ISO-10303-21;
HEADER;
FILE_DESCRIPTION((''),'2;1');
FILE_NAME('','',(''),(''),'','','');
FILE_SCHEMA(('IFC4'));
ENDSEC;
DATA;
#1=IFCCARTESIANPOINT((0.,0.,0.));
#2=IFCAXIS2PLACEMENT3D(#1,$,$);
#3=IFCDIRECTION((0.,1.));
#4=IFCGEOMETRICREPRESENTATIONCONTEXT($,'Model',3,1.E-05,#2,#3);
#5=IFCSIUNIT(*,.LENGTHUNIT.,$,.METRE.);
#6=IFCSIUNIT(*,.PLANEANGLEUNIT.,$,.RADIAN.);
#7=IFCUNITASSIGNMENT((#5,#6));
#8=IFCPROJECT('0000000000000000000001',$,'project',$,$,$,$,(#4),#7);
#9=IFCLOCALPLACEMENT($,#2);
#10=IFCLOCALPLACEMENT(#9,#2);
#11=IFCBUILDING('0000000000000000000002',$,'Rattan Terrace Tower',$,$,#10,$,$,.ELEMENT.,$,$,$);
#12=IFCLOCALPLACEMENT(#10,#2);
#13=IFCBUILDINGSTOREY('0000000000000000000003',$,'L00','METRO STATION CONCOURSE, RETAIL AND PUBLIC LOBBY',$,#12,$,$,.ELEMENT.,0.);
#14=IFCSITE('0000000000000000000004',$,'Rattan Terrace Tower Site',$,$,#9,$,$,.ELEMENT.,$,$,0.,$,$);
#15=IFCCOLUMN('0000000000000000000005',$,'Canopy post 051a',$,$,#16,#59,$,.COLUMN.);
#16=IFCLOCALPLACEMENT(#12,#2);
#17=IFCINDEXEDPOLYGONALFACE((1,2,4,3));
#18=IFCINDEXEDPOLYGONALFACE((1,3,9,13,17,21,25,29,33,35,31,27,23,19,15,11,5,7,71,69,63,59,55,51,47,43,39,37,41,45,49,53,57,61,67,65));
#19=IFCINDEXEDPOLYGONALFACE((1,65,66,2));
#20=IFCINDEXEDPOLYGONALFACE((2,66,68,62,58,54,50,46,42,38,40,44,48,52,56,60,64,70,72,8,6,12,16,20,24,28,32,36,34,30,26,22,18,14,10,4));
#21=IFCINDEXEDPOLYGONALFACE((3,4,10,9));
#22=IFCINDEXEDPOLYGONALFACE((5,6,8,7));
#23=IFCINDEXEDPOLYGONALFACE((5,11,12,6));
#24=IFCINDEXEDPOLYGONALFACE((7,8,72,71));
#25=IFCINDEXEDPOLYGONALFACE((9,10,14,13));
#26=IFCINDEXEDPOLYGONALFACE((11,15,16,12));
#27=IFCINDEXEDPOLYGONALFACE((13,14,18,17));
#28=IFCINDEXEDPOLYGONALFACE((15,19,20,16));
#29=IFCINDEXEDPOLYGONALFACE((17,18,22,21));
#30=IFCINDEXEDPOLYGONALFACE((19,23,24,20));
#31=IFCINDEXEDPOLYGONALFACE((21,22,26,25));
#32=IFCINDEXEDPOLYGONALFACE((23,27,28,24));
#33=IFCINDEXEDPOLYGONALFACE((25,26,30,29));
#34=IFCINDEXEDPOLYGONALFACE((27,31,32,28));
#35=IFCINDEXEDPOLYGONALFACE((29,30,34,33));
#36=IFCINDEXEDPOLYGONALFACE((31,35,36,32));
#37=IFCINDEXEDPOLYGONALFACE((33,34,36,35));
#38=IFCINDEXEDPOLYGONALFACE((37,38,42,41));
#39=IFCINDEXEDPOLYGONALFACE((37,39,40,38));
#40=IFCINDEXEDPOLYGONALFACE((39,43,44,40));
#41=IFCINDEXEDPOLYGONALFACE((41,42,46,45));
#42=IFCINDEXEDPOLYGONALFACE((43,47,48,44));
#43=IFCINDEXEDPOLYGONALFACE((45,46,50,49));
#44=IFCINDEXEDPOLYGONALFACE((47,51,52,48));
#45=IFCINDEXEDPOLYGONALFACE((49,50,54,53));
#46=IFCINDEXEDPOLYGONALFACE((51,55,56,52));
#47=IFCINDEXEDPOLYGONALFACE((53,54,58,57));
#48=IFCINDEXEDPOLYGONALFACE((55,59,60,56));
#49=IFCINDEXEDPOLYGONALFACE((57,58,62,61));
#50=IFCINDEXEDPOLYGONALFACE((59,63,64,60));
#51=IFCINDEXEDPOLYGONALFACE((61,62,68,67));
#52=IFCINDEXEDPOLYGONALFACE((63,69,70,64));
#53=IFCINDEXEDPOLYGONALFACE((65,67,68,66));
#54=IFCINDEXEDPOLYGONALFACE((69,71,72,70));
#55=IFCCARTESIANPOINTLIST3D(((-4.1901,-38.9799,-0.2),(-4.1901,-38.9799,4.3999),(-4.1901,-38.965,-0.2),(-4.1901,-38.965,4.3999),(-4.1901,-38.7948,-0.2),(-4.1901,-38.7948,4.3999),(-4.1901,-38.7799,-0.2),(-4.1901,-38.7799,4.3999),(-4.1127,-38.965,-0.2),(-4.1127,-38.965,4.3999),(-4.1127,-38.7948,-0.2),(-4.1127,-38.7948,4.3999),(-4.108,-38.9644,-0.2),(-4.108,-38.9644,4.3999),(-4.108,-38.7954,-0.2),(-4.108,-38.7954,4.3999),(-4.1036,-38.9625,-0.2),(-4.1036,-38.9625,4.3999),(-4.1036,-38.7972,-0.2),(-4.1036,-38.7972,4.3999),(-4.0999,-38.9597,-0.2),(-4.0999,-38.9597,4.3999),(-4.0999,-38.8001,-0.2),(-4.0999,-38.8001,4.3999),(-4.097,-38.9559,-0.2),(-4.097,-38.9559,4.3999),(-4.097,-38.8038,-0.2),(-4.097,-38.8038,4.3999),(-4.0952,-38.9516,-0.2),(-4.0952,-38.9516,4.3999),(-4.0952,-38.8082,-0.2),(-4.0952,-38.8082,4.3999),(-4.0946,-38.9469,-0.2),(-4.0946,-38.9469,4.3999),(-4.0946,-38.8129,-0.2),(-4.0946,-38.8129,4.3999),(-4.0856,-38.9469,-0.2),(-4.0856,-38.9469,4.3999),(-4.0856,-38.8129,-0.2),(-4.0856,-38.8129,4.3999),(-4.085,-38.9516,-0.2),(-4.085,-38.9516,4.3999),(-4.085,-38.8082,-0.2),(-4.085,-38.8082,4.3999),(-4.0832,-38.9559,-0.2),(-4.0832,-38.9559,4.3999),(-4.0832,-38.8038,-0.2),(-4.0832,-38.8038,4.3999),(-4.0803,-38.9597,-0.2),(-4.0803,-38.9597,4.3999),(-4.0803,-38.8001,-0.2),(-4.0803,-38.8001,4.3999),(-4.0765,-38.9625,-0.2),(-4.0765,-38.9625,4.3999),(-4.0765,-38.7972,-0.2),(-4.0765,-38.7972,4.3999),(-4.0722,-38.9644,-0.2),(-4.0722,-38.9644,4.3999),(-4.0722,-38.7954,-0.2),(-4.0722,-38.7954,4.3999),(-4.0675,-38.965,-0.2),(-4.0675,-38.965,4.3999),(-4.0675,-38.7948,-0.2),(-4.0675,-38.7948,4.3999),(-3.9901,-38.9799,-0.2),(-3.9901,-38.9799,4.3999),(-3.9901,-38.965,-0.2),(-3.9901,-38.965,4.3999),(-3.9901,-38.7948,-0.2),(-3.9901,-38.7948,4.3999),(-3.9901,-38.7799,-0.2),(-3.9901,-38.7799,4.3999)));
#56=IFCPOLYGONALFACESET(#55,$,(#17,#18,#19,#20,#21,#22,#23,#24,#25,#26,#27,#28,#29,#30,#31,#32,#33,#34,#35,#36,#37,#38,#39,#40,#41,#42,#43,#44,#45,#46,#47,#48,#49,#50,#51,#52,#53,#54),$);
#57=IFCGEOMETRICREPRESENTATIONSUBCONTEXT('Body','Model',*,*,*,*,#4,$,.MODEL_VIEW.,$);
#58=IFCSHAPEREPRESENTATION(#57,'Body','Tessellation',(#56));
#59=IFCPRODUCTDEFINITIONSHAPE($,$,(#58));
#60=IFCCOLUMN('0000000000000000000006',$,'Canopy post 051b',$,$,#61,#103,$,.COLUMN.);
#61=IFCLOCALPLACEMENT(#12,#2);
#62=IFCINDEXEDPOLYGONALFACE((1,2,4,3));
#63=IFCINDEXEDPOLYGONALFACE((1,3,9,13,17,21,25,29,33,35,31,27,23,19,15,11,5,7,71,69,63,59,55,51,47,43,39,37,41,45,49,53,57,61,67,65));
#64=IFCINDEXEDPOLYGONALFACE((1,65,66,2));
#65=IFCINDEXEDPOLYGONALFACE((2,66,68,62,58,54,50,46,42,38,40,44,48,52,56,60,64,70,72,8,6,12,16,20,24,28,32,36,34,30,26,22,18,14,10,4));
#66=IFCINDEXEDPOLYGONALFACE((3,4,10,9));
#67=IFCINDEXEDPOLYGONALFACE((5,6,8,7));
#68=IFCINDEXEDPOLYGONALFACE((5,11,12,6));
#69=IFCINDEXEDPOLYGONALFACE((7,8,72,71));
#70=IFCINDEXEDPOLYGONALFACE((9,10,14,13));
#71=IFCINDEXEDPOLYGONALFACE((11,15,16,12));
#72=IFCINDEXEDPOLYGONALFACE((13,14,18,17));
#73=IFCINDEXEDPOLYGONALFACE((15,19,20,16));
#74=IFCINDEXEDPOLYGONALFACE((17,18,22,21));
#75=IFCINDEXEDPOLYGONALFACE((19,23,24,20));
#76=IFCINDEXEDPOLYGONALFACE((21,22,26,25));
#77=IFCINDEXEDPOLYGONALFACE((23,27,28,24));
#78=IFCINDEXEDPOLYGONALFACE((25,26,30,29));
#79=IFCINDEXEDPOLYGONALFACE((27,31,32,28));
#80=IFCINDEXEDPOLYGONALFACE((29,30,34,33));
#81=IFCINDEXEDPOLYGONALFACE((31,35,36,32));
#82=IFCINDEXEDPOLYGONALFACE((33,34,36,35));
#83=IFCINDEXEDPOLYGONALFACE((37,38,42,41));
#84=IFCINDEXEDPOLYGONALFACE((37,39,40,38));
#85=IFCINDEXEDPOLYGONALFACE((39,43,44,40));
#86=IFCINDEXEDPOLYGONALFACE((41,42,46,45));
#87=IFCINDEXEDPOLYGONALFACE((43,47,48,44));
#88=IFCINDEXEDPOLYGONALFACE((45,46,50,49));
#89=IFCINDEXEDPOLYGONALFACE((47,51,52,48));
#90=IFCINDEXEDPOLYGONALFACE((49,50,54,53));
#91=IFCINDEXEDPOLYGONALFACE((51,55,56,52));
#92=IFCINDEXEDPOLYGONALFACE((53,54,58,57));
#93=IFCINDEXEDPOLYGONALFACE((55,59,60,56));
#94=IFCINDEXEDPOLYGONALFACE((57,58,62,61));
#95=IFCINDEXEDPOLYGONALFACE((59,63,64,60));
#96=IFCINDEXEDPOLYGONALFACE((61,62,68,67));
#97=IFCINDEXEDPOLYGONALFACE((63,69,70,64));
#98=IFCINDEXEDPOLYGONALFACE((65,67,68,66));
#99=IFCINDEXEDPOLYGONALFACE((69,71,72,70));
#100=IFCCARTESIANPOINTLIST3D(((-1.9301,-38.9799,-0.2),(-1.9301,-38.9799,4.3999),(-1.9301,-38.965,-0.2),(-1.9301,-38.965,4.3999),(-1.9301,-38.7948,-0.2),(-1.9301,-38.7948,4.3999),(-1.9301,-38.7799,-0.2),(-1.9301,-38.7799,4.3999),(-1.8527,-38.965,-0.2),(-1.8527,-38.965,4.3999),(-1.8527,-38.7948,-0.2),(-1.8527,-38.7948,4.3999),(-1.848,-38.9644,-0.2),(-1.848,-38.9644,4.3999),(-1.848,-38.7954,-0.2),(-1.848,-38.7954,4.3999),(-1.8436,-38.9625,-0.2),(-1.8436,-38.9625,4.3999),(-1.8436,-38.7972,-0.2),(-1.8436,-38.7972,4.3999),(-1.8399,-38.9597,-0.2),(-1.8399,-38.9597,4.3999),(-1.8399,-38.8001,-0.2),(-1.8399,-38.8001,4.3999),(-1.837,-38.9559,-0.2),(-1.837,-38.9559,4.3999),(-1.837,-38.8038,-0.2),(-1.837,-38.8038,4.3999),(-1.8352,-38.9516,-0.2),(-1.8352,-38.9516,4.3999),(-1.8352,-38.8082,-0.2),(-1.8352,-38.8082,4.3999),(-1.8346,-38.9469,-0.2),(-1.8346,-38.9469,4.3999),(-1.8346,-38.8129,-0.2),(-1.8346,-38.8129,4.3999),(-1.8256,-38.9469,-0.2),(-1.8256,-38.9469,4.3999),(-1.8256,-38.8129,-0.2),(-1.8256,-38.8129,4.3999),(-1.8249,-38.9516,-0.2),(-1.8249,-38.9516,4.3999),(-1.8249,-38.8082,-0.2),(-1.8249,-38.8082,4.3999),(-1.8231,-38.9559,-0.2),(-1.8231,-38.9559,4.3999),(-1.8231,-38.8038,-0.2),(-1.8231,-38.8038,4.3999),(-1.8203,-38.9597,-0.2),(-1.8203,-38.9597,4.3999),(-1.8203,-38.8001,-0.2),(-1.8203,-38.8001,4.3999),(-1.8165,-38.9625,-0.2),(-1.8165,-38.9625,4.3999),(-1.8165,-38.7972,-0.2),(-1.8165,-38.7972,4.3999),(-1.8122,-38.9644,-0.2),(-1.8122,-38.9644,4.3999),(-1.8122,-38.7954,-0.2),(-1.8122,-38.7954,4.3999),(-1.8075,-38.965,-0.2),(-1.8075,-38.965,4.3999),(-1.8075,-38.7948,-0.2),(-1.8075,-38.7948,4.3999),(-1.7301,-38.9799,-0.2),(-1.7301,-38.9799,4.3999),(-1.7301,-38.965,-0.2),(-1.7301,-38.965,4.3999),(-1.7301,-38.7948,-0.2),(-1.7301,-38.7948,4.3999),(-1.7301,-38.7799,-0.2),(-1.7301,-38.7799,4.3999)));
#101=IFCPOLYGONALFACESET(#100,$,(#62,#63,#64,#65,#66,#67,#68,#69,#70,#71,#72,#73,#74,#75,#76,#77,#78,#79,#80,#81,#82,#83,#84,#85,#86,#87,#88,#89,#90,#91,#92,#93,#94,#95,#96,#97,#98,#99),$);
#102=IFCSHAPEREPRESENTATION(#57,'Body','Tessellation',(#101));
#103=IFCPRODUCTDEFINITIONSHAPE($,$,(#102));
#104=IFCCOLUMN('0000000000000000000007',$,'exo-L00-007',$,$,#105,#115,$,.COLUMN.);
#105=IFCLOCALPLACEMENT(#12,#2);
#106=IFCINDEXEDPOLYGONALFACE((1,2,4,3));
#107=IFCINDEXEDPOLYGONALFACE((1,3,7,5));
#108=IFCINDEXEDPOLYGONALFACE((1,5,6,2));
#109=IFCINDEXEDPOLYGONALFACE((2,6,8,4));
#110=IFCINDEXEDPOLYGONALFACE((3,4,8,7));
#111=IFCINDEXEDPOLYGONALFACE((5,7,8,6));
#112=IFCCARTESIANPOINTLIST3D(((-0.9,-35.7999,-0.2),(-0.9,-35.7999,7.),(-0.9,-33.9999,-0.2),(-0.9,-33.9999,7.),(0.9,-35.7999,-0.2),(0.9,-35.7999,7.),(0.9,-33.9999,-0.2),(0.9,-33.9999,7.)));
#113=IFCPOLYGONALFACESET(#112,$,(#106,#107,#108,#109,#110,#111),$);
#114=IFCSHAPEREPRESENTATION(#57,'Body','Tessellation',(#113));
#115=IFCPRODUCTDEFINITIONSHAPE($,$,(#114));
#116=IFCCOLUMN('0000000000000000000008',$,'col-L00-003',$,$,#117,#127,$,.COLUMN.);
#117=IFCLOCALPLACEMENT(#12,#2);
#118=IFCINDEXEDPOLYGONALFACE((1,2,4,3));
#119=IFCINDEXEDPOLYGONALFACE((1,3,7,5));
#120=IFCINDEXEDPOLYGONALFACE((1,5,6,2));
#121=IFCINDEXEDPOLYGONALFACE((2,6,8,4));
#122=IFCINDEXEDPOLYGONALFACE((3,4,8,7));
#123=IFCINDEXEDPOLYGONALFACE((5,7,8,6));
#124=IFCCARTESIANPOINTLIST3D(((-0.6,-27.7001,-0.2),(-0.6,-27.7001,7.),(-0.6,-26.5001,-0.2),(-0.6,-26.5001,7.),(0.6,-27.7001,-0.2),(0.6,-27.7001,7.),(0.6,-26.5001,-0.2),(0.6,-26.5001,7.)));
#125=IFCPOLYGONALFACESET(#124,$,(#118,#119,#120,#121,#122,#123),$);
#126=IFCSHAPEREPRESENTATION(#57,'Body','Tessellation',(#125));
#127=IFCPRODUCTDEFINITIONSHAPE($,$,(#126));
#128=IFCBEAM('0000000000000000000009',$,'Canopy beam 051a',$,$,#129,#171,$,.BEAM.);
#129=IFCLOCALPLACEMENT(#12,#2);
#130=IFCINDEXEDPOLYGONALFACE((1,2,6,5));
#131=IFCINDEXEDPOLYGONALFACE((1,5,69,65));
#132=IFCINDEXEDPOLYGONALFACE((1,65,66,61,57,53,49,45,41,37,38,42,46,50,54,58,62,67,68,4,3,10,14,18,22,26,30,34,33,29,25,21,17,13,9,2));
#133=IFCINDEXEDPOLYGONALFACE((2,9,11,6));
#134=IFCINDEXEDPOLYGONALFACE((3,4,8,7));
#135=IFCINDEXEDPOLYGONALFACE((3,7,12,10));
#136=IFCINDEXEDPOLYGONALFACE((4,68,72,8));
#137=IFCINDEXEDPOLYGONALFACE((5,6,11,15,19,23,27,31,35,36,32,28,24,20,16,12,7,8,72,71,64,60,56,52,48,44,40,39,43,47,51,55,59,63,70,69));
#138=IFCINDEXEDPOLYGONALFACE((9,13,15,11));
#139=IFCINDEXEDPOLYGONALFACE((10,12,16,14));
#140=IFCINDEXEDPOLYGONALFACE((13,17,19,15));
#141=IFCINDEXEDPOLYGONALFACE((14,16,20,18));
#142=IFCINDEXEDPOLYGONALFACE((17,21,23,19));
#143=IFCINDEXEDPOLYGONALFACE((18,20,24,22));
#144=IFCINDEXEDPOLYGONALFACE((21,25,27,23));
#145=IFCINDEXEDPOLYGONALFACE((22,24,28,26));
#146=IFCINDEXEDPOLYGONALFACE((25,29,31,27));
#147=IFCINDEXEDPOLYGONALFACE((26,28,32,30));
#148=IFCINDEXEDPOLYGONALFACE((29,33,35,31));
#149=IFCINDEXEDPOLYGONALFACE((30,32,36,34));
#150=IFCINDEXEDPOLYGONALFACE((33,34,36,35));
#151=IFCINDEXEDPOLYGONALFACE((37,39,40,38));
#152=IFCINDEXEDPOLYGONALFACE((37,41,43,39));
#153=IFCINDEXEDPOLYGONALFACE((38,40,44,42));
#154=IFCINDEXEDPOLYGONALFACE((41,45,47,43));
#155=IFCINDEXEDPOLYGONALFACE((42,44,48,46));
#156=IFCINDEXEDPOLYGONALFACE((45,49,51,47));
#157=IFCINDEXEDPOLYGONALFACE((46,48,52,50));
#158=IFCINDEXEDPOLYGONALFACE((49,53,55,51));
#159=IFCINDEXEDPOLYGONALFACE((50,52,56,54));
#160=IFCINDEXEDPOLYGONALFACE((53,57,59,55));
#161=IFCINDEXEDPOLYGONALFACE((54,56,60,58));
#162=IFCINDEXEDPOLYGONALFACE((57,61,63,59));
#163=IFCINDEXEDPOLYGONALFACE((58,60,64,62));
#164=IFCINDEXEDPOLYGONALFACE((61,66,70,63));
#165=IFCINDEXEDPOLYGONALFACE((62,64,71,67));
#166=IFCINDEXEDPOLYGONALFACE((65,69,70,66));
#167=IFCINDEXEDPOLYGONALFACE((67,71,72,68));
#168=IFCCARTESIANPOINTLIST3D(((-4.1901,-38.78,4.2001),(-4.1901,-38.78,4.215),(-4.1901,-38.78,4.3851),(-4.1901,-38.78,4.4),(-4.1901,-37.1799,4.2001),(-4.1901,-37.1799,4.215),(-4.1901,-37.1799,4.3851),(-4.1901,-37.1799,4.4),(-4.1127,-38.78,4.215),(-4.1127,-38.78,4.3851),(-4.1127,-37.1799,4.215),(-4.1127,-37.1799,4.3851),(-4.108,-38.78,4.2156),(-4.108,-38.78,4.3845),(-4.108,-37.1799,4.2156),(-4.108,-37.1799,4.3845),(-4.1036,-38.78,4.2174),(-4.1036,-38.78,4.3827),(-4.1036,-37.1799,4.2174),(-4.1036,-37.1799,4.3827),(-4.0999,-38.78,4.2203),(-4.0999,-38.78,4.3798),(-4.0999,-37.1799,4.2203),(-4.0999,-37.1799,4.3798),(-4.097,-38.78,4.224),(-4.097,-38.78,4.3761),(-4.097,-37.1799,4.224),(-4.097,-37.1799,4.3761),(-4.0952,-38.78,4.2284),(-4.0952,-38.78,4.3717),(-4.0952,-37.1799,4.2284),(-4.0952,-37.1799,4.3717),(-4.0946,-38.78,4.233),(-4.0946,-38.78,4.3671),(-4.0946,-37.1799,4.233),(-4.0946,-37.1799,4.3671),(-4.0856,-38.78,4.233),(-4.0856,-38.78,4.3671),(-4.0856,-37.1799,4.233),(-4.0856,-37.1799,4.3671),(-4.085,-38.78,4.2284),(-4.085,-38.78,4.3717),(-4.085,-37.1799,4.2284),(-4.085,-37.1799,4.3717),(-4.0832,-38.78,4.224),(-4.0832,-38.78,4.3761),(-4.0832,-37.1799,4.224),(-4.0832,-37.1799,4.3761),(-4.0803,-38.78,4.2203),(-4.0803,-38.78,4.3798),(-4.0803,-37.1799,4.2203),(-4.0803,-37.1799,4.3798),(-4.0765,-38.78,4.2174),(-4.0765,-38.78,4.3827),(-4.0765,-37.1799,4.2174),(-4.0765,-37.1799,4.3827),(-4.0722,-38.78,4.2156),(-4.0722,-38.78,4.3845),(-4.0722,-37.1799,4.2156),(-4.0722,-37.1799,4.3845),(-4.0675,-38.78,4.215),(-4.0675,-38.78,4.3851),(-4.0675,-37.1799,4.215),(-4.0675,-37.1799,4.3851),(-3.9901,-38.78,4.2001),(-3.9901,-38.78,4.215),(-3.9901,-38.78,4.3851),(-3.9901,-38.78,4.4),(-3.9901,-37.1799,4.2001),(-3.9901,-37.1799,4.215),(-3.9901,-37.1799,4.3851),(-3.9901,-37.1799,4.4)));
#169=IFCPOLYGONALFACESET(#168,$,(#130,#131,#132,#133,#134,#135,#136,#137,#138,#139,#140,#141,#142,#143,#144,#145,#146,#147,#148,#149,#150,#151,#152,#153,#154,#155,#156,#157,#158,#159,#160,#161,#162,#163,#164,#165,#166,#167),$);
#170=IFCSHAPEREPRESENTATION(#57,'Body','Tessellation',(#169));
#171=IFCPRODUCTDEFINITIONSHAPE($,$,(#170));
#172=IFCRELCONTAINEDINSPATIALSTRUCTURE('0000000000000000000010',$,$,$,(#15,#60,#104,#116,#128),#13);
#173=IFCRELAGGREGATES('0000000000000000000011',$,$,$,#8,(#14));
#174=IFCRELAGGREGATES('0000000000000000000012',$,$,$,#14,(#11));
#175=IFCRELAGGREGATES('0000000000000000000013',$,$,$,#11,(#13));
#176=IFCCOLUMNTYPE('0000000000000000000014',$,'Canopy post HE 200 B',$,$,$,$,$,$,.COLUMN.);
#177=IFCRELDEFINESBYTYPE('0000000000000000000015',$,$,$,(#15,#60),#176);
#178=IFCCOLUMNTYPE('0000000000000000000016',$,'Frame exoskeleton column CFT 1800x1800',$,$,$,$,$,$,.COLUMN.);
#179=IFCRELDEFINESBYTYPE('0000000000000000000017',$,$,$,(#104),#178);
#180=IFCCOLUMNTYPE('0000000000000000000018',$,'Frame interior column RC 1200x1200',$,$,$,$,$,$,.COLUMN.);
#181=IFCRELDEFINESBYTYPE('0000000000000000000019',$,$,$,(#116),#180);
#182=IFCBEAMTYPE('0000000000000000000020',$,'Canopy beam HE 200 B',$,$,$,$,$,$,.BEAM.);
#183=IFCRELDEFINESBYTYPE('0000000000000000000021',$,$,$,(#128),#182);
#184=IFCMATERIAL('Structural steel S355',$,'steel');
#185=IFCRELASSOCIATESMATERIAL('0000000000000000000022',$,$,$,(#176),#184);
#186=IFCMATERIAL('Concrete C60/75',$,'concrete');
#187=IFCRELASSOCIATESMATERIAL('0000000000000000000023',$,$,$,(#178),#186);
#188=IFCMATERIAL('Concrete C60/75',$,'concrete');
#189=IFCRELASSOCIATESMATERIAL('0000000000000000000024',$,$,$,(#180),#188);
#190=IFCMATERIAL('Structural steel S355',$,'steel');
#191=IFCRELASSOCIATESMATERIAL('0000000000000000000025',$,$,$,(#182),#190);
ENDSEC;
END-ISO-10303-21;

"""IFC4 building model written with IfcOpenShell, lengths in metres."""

from ifc_helpers import new_model, si_unit, direction, frame, origin, origin_2d, place, context, subcontext, project, spatial, rectangle, i_section, extrude, material, material_profile, profile_set, type_object, element, save


model = new_model("IFC4")

# Units and contexts
model_context = context("Model", 3, precision=1e-05, world=origin(), true_north=direction((0.0, 1.0)))
body_context = subcontext(model_context, "Body", "Model", "MODEL_VIEW")
ifc_project = project(units=[si_unit("LENGTHUNIT", "METRE"), si_unit("PLANEANGLEUNIT", "RADIAN")], contexts=[model_context])

# Site, building, storey
site_placement = place(None, origin())
site = spatial("IfcSite", under=ifc_project, at=site_placement, Name="Rattan Terrace Tower Site", CompositionType="ELEMENT", RefElevation=0.0)
building_placement = place(site_placement, origin())
building = spatial("IfcBuilding", under=site, at=building_placement, Name="Rattan Terrace Tower", CompositionType="ELEMENT")
storey_placement = place(building_placement, origin())
storey = spatial("IfcBuildingStorey", under=building, at=storey_placement, Name="L00", Description="METRO STATION CONCOURSE, RETAIL AND PUBLIC LOBBY", CompositionType="ELEMENT", Elevation=0.0)

# Columns
ifc_material_1 = material(Name="Structural steel S355", Category="steel")
ifc_material_profile_1 = material_profile(ifc_material_1, i_section(OverallWidth=0.2, OverallDepth=0.2, WebThickness=0.009, FlangeThickness=0.0149, FilletRadius=0.0181, at=origin_2d()), Name="HE 200 B")
ifc_profile_set_1 = profile_set([ifc_material_profile_1], Name="Structural steel S355")
column_type_1 = type_object("IfcColumnType", Name="Canopy post HE 200 B", PredefinedType="COLUMN", material=ifc_profile_set_1)
for number, where, z_axis, x_axis, name in (
    (1, (-4.0901, -38.8799, -0.2), (0.0, 0.0, 1.0), (1.0, 0.0, 0.0), "Canopy post 051a"),
    (2, (-1.8301, -38.8799, -0.2), (0.0, 0.0, 1.0), (1.0, 0.0, 0.0), "Canopy post 051b"),
):
    element("IfcColumn", number, at=place(storey_placement, frame(where, z_axis=z_axis, x_axis=x_axis)), inside=storey, type_object=column_type_1, Name=name, PredefinedType="COLUMN", context=body_context, shape_type="SweptSolid", body=[
        extrude(i_section(OverallWidth=0.2, OverallDepth=0.2, WebThickness=0.009, FlangeThickness=0.0149, FilletRadius=0.0181, at=origin_2d()), origin(), (0.0, 0.0, 1.0), 4.5999),
    ])
ifc_material_2 = material(Name="Concrete C60/75", Category="concrete")
ifc_material_profile_2 = material_profile(ifc_material_2, rectangle(XDim=1.8, YDim=1.8, at=origin_2d()), Name="CFT 1800x1800")
ifc_profile_set_2 = profile_set([ifc_material_profile_2], Name="Concrete C60/75")
column_type_2 = type_object("IfcColumnType", Name="Frame exoskeleton column CFT 1800x1800", PredefinedType="COLUMN", material=ifc_profile_set_2)
column_1_placement = place(storey_placement, frame((0.0, -34.8999, -0.2), z_axis=(0.0, 0.0, 1.0), x_axis=(1.0, 0.0, 0.0)))
element("IfcColumn", 3, at=column_1_placement, inside=storey, type_object=column_type_2, Name="exo-L00-007", PredefinedType="COLUMN", context=body_context, shape_type="SweptSolid", body=[
    extrude(rectangle(XDim=1.8, YDim=1.8, at=origin_2d()), origin(), (0.0, 0.0, 1.0), 7.2),
])
ifc_material_3 = material(Name="Concrete C60/75", Category="concrete")
ifc_material_profile_3 = material_profile(ifc_material_3, rectangle(XDim=1.2, YDim=1.2, at=origin_2d()), Name="RC 1200x1200")
ifc_profile_set_3 = profile_set([ifc_material_profile_3], Name="Concrete C60/75")
column_type_3 = type_object("IfcColumnType", Name="Frame interior column RC 1200x1200", PredefinedType="COLUMN", material=ifc_profile_set_3)
column_2_placement = place(storey_placement, frame((0.0, -27.1001, -0.2), z_axis=(0.0, 0.0, 1.0), x_axis=(1.0, 0.0, 0.0)))
element("IfcColumn", 4, at=column_2_placement, inside=storey, type_object=column_type_3, Name="col-L00-003", PredefinedType="COLUMN", context=body_context, shape_type="SweptSolid", body=[
    extrude(rectangle(XDim=1.2, YDim=1.2, at=origin_2d()), origin(), (0.0, 0.0, 1.0), 7.2),
])

# Beam
ifc_material_4 = material(Name="Structural steel S355", Category="steel")
ifc_material_profile_4 = material_profile(ifc_material_4, i_section(OverallWidth=0.2, OverallDepth=0.2, WebThickness=0.009, FlangeThickness=0.0149, FilletRadius=0.0181, at=origin_2d()), Name="HE 200 B")
ifc_profile_set_4 = profile_set([ifc_material_profile_4], Name="Structural steel S355")
beam_type_1 = type_object("IfcBeamType", Name="Canopy beam HE 200 B", PredefinedType="BEAM", material=ifc_profile_set_4)
for number, where, z_axis, x_axis, name in (
    (5, (-4.0901, -37.1799, 4.3), (0.0, -1.0, 0.0), (1.0, 0.0, 0.0), "Canopy beam 051a"),
):
    element("IfcBeam", number, at=place(storey_placement, frame(where, z_axis=z_axis, x_axis=x_axis)), inside=storey, type_object=beam_type_1, Name=name, PredefinedType="BEAM", context=body_context, shape_type="SweptSolid", body=[
        extrude(i_section(OverallWidth=0.2, OverallDepth=0.2, WebThickness=0.009, FlangeThickness=0.0149, FilletRadius=0.0181, at=origin_2d()), origin(), (0.0, 0.0, 1.0), 1.6001),
    ])

save(model, "model.ifc")
